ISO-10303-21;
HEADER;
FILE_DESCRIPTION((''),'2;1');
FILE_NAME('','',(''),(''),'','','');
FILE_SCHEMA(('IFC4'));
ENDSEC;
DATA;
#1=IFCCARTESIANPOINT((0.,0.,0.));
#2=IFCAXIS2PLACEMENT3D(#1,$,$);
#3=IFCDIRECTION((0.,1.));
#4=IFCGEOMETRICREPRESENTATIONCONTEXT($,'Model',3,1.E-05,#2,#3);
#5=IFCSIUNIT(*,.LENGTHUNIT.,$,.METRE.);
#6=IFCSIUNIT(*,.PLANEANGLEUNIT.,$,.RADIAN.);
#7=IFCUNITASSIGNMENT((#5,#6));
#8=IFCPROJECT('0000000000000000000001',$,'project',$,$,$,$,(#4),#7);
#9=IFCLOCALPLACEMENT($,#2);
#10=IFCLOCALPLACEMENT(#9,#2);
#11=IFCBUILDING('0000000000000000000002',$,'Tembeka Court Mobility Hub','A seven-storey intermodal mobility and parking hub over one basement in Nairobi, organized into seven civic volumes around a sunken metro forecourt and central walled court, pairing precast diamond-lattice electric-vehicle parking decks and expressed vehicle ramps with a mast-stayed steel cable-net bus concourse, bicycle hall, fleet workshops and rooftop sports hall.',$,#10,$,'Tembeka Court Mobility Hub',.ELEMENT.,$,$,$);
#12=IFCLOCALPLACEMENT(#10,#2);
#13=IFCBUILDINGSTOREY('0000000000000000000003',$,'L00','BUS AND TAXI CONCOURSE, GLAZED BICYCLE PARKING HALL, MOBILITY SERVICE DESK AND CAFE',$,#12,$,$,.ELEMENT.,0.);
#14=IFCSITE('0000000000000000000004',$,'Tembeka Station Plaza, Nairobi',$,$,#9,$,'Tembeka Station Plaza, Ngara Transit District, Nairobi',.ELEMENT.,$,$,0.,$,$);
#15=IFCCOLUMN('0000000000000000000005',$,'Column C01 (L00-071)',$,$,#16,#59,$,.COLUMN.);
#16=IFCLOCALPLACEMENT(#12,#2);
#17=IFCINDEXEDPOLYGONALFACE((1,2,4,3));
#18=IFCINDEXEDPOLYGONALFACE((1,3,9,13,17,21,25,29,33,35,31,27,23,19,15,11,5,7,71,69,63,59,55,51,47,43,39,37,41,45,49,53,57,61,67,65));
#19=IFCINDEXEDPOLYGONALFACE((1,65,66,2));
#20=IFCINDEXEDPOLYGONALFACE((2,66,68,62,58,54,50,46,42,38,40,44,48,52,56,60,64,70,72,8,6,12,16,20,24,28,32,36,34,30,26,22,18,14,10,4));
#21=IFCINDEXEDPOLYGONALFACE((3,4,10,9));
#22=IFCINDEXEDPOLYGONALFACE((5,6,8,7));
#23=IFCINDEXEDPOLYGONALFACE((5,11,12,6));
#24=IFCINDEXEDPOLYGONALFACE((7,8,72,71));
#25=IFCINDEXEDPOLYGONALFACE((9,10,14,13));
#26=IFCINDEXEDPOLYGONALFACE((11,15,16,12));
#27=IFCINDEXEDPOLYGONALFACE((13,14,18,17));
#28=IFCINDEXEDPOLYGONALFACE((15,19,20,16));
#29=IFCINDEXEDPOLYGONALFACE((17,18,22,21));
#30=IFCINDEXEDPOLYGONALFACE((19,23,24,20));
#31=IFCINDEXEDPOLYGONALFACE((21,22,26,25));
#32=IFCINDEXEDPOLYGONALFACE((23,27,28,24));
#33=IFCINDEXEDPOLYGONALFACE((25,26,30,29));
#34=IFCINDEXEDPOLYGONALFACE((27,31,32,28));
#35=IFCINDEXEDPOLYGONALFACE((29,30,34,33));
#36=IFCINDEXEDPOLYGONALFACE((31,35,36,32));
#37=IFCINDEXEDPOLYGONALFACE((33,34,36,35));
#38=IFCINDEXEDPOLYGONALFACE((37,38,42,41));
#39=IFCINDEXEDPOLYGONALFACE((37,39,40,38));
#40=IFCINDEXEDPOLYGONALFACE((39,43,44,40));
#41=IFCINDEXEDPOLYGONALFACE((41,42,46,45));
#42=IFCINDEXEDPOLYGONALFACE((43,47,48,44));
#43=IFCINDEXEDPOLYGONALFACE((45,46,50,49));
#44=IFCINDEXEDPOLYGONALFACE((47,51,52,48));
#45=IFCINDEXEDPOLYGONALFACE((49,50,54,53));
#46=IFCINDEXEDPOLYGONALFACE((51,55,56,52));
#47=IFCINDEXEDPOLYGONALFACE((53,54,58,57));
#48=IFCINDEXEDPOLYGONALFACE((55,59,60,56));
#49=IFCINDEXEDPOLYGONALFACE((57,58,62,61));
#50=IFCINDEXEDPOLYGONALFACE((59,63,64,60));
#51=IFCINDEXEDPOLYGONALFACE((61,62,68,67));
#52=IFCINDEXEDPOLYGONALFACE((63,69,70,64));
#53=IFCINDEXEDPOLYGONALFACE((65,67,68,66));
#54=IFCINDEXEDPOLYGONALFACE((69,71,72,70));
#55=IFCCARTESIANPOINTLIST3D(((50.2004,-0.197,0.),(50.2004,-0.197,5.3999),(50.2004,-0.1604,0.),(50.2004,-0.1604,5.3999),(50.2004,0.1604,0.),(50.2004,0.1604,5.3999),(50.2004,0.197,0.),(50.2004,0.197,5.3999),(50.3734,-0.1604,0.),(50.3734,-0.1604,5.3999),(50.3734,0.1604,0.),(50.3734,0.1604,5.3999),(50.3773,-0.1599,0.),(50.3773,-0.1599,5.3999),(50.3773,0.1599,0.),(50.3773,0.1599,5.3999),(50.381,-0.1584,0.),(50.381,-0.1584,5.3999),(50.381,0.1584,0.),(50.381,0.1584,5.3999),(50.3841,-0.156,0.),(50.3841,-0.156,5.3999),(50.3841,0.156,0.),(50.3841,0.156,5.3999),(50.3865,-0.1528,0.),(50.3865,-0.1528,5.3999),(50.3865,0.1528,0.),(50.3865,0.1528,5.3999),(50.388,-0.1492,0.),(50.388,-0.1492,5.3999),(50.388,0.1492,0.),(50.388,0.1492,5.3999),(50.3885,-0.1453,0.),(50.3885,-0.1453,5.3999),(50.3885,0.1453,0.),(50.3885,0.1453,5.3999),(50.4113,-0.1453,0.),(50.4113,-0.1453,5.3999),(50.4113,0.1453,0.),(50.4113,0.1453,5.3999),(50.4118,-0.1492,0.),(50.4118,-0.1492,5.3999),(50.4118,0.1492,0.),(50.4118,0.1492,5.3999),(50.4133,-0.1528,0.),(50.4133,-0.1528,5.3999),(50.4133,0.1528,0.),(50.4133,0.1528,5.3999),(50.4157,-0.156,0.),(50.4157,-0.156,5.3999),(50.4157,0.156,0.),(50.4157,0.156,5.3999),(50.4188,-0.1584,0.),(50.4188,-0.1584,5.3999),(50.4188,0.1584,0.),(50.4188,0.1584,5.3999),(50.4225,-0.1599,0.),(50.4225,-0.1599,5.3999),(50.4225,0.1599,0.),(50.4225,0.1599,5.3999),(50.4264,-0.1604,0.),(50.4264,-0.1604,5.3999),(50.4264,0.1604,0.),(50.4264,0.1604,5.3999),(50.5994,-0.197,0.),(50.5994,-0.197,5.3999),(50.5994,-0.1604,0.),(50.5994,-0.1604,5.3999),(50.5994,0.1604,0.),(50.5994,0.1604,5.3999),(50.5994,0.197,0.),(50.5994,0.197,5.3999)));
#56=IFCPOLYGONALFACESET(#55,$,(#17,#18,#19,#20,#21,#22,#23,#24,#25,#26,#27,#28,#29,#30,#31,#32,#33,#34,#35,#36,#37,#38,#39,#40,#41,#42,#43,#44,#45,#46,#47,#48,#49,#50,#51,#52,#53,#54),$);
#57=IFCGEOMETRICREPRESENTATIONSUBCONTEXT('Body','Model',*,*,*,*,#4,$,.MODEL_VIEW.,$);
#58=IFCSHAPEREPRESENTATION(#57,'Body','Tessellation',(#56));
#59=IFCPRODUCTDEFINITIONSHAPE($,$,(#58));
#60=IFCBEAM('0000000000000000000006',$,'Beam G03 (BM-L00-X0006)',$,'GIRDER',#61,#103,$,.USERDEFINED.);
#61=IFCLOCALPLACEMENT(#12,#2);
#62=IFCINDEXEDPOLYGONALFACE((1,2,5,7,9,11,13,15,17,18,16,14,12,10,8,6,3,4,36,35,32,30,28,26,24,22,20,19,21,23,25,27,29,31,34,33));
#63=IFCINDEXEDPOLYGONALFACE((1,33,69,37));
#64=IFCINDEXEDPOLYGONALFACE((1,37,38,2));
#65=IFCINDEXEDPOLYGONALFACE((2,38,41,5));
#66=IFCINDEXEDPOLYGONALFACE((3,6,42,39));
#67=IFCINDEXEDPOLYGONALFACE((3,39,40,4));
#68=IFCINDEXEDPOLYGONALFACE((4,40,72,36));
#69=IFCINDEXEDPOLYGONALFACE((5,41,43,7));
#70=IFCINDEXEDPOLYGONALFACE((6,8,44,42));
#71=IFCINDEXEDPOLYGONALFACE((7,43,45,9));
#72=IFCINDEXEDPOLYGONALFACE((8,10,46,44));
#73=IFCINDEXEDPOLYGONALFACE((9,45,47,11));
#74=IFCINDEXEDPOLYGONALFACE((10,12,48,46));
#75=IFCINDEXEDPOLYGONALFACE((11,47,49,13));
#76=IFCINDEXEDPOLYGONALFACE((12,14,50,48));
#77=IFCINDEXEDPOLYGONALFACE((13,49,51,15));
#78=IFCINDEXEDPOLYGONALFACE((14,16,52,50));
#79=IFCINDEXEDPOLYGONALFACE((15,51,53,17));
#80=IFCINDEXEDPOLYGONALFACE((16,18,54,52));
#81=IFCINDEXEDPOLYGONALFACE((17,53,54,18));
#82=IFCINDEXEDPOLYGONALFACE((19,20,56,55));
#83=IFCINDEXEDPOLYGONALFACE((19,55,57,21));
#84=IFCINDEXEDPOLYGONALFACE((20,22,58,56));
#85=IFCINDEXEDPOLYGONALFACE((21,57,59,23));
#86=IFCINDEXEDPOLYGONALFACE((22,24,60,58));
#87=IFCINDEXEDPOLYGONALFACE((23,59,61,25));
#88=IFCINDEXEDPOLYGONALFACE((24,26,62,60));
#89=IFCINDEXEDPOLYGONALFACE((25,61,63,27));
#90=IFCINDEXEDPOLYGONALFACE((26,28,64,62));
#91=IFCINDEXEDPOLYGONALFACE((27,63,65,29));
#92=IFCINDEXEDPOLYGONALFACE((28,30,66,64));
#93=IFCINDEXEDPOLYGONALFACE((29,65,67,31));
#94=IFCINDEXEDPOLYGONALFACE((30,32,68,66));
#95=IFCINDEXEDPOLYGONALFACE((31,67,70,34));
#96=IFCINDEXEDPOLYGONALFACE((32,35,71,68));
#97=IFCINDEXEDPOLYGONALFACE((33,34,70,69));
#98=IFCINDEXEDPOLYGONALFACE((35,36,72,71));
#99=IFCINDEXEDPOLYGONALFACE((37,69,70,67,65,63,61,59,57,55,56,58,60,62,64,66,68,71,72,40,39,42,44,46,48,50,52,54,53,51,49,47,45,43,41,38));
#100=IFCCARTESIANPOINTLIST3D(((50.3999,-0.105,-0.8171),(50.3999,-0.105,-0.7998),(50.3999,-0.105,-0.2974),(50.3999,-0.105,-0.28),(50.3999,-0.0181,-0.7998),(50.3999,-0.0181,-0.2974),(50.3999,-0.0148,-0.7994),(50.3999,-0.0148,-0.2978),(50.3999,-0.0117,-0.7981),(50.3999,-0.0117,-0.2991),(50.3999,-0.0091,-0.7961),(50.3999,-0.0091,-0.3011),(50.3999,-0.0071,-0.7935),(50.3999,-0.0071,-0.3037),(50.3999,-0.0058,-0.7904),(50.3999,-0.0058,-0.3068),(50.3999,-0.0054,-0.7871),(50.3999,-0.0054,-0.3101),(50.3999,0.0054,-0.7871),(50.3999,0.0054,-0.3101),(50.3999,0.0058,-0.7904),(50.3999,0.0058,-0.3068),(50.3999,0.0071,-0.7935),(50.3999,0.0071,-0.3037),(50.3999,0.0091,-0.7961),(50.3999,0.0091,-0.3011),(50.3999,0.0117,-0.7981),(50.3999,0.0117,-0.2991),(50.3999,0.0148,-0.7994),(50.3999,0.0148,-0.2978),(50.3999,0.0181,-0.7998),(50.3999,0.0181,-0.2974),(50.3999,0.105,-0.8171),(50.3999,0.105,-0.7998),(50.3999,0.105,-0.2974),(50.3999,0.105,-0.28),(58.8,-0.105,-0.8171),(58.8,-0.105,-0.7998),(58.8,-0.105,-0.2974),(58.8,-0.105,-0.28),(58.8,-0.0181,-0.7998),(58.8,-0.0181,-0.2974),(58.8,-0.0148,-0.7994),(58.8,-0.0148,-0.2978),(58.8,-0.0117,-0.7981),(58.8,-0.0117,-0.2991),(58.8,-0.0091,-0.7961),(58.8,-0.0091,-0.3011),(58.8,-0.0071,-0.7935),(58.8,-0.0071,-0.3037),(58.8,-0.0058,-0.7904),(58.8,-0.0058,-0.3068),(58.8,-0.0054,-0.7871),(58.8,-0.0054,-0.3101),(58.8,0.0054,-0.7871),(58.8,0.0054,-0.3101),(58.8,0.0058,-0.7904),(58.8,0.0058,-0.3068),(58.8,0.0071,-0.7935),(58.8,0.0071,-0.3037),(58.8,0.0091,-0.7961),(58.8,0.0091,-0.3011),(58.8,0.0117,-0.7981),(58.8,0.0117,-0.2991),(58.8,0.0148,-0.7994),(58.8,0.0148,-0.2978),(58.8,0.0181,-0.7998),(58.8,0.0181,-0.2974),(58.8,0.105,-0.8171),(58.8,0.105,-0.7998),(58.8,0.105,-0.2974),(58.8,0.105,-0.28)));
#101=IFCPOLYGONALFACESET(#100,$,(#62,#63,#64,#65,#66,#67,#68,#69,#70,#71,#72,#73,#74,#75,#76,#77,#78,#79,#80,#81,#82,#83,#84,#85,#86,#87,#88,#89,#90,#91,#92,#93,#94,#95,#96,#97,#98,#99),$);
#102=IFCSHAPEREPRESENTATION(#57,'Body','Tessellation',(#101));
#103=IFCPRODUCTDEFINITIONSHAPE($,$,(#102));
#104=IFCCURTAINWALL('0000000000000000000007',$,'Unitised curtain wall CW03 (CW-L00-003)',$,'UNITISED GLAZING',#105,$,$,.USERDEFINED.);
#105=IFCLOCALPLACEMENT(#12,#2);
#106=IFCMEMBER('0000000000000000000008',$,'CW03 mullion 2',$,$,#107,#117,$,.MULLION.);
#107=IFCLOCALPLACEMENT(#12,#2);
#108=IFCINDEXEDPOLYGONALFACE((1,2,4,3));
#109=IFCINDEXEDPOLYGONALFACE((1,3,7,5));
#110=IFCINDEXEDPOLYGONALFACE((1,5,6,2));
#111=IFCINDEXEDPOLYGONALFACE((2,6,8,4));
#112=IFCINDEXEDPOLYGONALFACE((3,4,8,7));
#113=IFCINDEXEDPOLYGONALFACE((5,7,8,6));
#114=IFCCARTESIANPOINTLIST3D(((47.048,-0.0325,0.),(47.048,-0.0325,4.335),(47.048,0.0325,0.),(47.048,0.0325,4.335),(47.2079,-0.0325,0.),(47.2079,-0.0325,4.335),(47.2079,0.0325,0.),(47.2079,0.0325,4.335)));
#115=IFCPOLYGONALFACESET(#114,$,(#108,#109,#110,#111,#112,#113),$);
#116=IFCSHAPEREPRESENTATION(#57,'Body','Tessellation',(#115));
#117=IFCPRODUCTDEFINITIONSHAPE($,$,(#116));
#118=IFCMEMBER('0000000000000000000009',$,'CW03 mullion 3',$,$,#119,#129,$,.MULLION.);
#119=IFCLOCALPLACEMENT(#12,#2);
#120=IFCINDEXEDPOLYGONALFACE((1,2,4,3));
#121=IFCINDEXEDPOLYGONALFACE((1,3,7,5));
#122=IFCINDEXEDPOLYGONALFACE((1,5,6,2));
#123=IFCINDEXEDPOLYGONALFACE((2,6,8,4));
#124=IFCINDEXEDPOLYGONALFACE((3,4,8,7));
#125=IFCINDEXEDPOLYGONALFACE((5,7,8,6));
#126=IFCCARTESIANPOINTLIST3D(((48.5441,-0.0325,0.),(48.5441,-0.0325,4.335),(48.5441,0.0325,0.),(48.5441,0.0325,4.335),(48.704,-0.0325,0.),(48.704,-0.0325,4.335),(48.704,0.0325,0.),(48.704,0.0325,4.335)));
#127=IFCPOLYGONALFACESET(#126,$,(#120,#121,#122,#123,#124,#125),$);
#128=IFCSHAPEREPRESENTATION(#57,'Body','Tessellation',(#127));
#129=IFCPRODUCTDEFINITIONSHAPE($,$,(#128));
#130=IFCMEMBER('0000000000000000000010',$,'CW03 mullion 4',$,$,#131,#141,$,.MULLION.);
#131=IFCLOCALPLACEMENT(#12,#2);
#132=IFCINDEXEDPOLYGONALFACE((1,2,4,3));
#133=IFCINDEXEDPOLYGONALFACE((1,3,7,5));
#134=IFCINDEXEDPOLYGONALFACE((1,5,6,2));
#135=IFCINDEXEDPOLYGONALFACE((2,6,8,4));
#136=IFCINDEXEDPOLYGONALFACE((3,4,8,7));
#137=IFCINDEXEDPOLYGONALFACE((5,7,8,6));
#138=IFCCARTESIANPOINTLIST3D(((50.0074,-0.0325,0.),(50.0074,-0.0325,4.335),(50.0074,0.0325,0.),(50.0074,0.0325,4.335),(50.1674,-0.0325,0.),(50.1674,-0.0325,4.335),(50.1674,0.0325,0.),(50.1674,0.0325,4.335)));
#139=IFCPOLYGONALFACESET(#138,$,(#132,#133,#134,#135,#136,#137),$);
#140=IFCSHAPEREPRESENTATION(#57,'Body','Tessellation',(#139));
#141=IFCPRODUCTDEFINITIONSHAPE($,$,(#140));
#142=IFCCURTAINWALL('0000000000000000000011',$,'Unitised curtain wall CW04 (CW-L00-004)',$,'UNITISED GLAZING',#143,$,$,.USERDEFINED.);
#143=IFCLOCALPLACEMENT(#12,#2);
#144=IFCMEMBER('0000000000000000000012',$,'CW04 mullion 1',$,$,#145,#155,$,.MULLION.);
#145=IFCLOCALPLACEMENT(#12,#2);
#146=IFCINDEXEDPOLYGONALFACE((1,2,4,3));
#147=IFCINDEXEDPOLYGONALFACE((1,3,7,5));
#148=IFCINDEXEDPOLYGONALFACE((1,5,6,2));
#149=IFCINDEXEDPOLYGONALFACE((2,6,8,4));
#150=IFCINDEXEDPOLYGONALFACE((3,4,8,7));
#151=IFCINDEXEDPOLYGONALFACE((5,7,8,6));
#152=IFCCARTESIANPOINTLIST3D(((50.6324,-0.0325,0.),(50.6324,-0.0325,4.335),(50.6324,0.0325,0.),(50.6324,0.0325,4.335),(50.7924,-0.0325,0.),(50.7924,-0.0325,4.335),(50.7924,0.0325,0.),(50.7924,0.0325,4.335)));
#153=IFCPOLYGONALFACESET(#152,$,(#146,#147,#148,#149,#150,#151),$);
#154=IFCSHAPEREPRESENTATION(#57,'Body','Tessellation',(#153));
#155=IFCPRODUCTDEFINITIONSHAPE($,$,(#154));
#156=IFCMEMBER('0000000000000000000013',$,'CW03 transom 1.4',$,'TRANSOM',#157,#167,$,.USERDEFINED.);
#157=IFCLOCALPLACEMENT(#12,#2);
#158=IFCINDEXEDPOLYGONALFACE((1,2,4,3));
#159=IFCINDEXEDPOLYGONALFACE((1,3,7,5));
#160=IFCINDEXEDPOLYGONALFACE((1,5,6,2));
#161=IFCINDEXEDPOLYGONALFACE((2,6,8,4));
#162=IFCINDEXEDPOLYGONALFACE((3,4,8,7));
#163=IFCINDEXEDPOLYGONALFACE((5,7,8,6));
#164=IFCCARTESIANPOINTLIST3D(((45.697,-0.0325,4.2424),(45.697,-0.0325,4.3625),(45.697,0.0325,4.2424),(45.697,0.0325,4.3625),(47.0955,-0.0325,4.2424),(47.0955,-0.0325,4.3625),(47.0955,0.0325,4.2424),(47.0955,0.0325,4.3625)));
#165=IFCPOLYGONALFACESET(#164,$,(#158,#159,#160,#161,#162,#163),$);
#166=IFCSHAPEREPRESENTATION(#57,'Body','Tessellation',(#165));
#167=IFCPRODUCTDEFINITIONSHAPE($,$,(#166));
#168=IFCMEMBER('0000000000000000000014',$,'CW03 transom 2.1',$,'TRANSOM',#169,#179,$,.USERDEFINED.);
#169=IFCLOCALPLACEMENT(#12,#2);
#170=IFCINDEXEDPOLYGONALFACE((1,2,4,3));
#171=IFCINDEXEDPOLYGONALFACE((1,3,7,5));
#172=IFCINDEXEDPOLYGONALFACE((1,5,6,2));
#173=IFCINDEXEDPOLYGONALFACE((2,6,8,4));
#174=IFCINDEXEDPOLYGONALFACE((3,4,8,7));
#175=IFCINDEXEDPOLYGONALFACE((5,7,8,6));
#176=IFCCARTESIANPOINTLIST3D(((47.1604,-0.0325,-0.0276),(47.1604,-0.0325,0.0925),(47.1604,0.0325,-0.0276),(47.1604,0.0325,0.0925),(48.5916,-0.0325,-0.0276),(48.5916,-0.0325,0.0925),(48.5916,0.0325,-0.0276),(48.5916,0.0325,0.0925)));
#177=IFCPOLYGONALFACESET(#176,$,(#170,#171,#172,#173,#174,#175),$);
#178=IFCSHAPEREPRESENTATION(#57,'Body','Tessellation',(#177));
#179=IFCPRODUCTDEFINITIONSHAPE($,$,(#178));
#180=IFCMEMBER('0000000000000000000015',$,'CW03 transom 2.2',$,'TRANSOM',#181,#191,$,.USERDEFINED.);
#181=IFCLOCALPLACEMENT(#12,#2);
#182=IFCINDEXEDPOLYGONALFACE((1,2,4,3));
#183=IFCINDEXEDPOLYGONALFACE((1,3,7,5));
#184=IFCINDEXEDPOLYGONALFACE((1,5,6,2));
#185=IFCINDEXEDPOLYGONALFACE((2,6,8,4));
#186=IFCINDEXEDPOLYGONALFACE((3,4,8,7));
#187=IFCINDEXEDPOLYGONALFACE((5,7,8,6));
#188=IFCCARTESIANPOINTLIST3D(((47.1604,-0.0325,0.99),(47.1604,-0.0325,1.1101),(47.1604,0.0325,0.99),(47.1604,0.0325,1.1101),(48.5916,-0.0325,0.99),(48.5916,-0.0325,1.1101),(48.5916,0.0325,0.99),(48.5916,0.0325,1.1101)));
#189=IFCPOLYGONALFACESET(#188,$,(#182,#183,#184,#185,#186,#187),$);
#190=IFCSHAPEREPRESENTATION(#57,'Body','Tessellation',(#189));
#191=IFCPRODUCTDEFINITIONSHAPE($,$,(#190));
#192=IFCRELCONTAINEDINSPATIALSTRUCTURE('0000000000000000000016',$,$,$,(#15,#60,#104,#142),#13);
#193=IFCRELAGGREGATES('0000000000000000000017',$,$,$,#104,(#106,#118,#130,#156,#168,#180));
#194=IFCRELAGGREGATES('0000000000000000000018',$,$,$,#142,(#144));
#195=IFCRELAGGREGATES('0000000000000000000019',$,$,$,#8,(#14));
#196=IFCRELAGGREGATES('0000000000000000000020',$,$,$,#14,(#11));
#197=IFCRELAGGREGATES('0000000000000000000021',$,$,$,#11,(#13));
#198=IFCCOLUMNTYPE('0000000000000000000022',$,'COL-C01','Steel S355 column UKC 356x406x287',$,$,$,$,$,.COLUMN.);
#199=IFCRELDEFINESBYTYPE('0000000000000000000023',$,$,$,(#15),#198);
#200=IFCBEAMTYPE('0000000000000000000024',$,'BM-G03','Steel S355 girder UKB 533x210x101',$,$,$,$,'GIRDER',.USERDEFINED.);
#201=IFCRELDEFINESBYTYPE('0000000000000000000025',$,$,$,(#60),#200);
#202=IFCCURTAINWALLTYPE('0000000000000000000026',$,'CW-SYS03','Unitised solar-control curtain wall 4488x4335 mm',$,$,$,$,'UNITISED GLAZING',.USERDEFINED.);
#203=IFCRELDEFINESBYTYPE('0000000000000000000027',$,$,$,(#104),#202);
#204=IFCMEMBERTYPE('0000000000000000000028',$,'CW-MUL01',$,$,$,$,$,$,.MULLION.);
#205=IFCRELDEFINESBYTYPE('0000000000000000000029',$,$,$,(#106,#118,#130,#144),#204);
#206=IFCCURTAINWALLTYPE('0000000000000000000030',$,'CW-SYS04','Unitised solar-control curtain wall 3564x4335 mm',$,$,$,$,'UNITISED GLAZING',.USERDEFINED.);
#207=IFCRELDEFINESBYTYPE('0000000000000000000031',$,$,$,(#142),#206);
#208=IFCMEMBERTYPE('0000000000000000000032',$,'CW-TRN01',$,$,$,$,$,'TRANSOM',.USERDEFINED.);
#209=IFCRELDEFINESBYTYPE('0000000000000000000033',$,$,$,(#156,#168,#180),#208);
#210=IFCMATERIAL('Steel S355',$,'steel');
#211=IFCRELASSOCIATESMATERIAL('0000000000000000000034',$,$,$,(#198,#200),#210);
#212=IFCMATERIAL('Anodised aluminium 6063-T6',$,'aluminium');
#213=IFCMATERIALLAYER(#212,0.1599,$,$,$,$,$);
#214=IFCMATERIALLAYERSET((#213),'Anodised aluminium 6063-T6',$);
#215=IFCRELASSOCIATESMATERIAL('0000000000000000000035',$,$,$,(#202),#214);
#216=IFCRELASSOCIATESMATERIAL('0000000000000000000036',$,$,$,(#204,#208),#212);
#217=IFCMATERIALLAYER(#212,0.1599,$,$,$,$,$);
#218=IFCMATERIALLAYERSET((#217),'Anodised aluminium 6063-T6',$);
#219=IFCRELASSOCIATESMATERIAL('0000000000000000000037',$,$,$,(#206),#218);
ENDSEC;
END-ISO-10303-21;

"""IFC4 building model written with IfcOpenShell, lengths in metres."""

from ifc_helpers import new_model, si_unit, direction, frame, origin, origin_2d, place, context, subcontext, project, spatial, rectangle, i_section, extrude, material, layer, layer_set, material_profile, profile_set, type_object, element, aggregate, save


model = new_model("IFC4")

# Units and contexts
model_context = context("Model", 3, precision=1e-05, world=origin(), true_north=direction((0.0, 1.0)))
body_context = subcontext(model_context, "Body", "Model", "MODEL_VIEW")
ifc_project = project(units=[si_unit("LENGTHUNIT", "METRE"), si_unit("PLANEANGLEUNIT", "RADIAN")], contexts=[model_context])

# Site, building, storey
site_placement = place(None, origin())
site = spatial("IfcSite", under=ifc_project, at=site_placement, Name="Tembeka Station Plaza, Nairobi", LongName="Tembeka Station Plaza, Ngara Transit District, Nairobi", CompositionType="ELEMENT", RefElevation=0.0)
building_placement = place(site_placement, origin())
building = spatial("IfcBuilding", under=site, at=building_placement, Name="Tembeka Court Mobility Hub", Description="A seven-storey intermodal mobility and parking hub over one basement in Nairobi, organized into seven civic volumes around a sunken metro forecourt and central walled court, pairing precast diamond-lattice electric-vehicle parking decks and expressed vehicle ramps with a mast-stayed steel cable-net bus concourse, bicycle hall, fleet workshops and rooftop sports hall.", LongName="Tembeka Court Mobility Hub", CompositionType="ELEMENT")
storey_placement = place(building_placement, origin())
storey = spatial("IfcBuildingStorey", under=building, at=storey_placement, Name="L00", Description="BUS AND TAXI CONCOURSE, GLAZED BICYCLE PARKING HALL, MOBILITY SERVICE DESK AND CAFE", CompositionType="ELEMENT", Elevation=0.0)

# Column
ifc_material_1 = material(Name="Steel S355", Category="steel")
ifc_material_profile_1 = material_profile(ifc_material_1, i_section(OverallWidth=0.3989, OverallDepth=0.394, WebThickness=0.0227, FlangeThickness=0.0366, FilletRadius=0.0151, at=origin_2d()), Name="UKC 356x406x287")
ifc_profile_set_1 = profile_set([ifc_material_profile_1], Name="Steel S355")
column_type = type_object("IfcColumnType", Name="COL-C01", Description="Steel S355 column UKC 356x406x287", PredefinedType="COLUMN", material=ifc_profile_set_1)
column_placement = place(storey_placement, frame((50.3999, 0.0, 0.0), z_axis=(0.0, 0.0, 1.0), x_axis=(1.0, 0.0, 0.0)))
element("IfcColumn", 1, at=column_placement, inside=storey, type_object=column_type, Name="Column C01 (L00-071)", PredefinedType="COLUMN", context=body_context, shape_type="SweptSolid", body=[
    extrude(i_section(OverallWidth=0.3989, OverallDepth=0.394, WebThickness=0.0227, FlangeThickness=0.0366, FilletRadius=0.0151, at=origin_2d()), origin(), (0.0, 0.0, 1.0), 5.3999),
])

# Beam
ifc_material_profile_2 = material_profile(ifc_material_1, i_section(OverallWidth=0.21, OverallDepth=0.5371, WebThickness=0.0107, FlangeThickness=0.0173, FilletRadius=0.0127, at=origin_2d()), Name="UKB 533x210x101")
ifc_profile_set_2 = profile_set([ifc_material_profile_2], Name="Steel S355")
beam_type = type_object("IfcBeamType", Name="BM-G03", Description="Steel S355 girder UKB 533x210x101", ElementType="GIRDER", PredefinedType="USERDEFINED", material=ifc_profile_set_2)
beam_placement = place(storey_placement, frame((50.3999, 0.0, -0.5486), z_axis=(1.0, 0.0, 0.0), x_axis=(0.0, 1.0, 0.0)))
element("IfcBeam", 2, at=beam_placement, inside=storey, type_object=beam_type, Name="Beam G03 (BM-L00-X0006)", ObjectType="GIRDER", PredefinedType="USERDEFINED", context=body_context, shape_type="SweptSolid", body=[
    extrude(i_section(OverallWidth=0.21, OverallDepth=0.5371, WebThickness=0.0107, FlangeThickness=0.0173, FilletRadius=0.0127, at=origin_2d()), origin(), (0.0, 0.0, 1.0), 8.4001),
])

# Curtain wall, members
ifc_material_2 = material(Name="Anodised aluminium 6063-T6", Category="aluminium")
ifc_layer_1 = layer(ifc_material_2, 0.1599)
ifc_layer_set_1 = layer_set([ifc_layer_1], Name="Anodised aluminium 6063-T6")
curtain_wall_type_1 = type_object("IfcCurtainWallType", Name="CW-SYS03", Description="Unitised solar-control curtain wall 4488x4335 mm", ElementType="UNITISED GLAZING", PredefinedType="USERDEFINED", material=ifc_layer_set_1)
curtain_wall_1_placement = place(storey_placement, origin())
curtain_wall_1 = element("IfcCurtainWall", 3, at=curtain_wall_1_placement, inside=storey, type_object=curtain_wall_type_1, Name="Unitised curtain wall CW03 (CW-L00-003)", ObjectType="UNITISED GLAZING", PredefinedType="USERDEFINED")
ifc_material_profile_3 = material_profile(ifc_material_2, rectangle(XDim=0.0649, YDim=0.1599, at=origin_2d()), Name="ALU-MUL 65x160")
ifc_profile_set_3 = profile_set([ifc_material_profile_3], Name="Anodised aluminium 6063-T6")
member_type_1 = type_object("IfcMemberType", Name="CW-MUL01", PredefinedType="MULLION", material=ifc_profile_set_3)
member_1_placement = place(storey_placement, frame((47.1279, 0.0, 0.0), z_axis=(0.0, 0.0, 1.0), x_axis=(0.0, 1.0, 0.0)))
member_1 = element("IfcMember", 4, at=member_1_placement, type_object=member_type_1, Name="CW03 mullion 2", PredefinedType="MULLION", context=body_context, shape_type="SweptSolid", body=[
    extrude(rectangle(XDim=0.0649, YDim=0.1599, at=origin_2d()), origin(), (0.0, 0.0, 1.0), 4.335),
])
member_2_placement = place(storey_placement, frame((48.624, 0.0, 0.0), z_axis=(0.0, 0.0, 1.0), x_axis=(0.0, 1.0, 0.0)))
member_2 = element("IfcMember", 5, at=member_2_placement, type_object=member_type_1, Name="CW03 mullion 3", PredefinedType="MULLION", context=body_context, shape_type="SweptSolid", body=[
    extrude(rectangle(XDim=0.0649, YDim=0.1599, at=origin_2d()), origin(), (0.0, 0.0, 1.0), 4.335),
])
member_3_placement = place(storey_placement, frame((50.0874, 0.0, 0.0), z_axis=(0.0, 0.0, 1.0), x_axis=(0.0, 1.0, 0.0)))
member_3 = element("IfcMember", 6, at=member_3_placement, type_object=member_type_1, Name="CW03 mullion 4", PredefinedType="MULLION", context=body_context, shape_type="SweptSolid", body=[
    extrude(rectangle(XDim=0.0649, YDim=0.1599, at=origin_2d()), origin(), (0.0, 0.0, 1.0), 4.335),
])

# Curtain wall, member
ifc_layer_2 = layer(ifc_material_2, 0.1599)
ifc_layer_set_2 = layer_set([ifc_layer_2], Name="Anodised aluminium 6063-T6")
curtain_wall_type_2 = type_object("IfcCurtainWallType", Name="CW-SYS04", Description="Unitised solar-control curtain wall 3564x4335 mm", ElementType="UNITISED GLAZING", PredefinedType="USERDEFINED", material=ifc_layer_set_2)
curtain_wall_2_placement = place(storey_placement, origin())
curtain_wall_2 = element("IfcCurtainWall", 7, at=curtain_wall_2_placement, inside=storey, type_object=curtain_wall_type_2, Name="Unitised curtain wall CW04 (CW-L00-004)", ObjectType="UNITISED GLAZING", PredefinedType="USERDEFINED")
member_4_placement = place(storey_placement, frame((50.7124, 0.0, 0.0), z_axis=(0.0, 0.0, 1.0), x_axis=(0.0, 1.0, 0.0)))
member_4 = element("IfcMember", 8, at=member_4_placement, type_object=member_type_1, Name="CW04 mullion 1", PredefinedType="MULLION", context=body_context, shape_type="SweptSolid", body=[
    extrude(rectangle(XDim=0.0649, YDim=0.1599, at=origin_2d()), origin(), (0.0, 0.0, 1.0), 4.335),
])

# Members
ifc_material_profile_4 = material_profile(ifc_material_2, rectangle(XDim=0.0649, YDim=0.1201, at=origin_2d()), Name="ALU-TRN 65x120")
ifc_profile_set_4 = profile_set([ifc_material_profile_4], Name="Anodised aluminium 6063-T6")
member_type_2 = type_object("IfcMemberType", Name="CW-TRN01", ElementType="TRANSOM", PredefinedType="USERDEFINED", material=ifc_profile_set_4)
member_5_placement = place(storey_placement, frame((45.697, 0.0, 4.3025), z_axis=(1.0, 0.0, 0.0), x_axis=(0.0, 1.0, 0.0)))
member_5 = element("IfcMember", 9, at=member_5_placement, type_object=member_type_2, Name="CW03 transom 1.4", ObjectType="TRANSOM", PredefinedType="USERDEFINED", context=body_context, shape_type="SweptSolid", body=[
    extrude(rectangle(XDim=0.0649, YDim=0.1201, at=origin_2d()), origin(), (0.0, 0.0, 1.0), 1.3984),
])
member_6_placement = place(storey_placement, frame((47.1604, 0.0, 0.0325), z_axis=(1.0, 0.0, 0.0), x_axis=(0.0, 1.0, 0.0)))
member_6 = element("IfcMember", 10, at=member_6_placement, type_object=member_type_2, Name="CW03 transom 2.1", ObjectType="TRANSOM", PredefinedType="USERDEFINED", context=body_context, shape_type="SweptSolid", body=[
    extrude(rectangle(XDim=0.0649, YDim=0.1201, at=origin_2d()), origin(), (0.0, 0.0, 1.0), 1.4312),
])
member_7_placement = place(storey_placement, frame((47.1604, 0.0, 1.05), z_axis=(1.0, 0.0, 0.0), x_axis=(0.0, 1.0, 0.0)))
member_7 = element("IfcMember", 11, at=member_7_placement, type_object=member_type_2, Name="CW03 transom 2.2", ObjectType="TRANSOM", PredefinedType="USERDEFINED", context=body_context, shape_type="SweptSolid", body=[
    extrude(rectangle(XDim=0.0649, YDim=0.1201, at=origin_2d()), origin(), (0.0, 0.0, 1.0), 1.4312),
])

aggregate(curtain_wall_1, [member_1, member_2, member_3, member_5, member_6, member_7])
aggregate(curtain_wall_2, [member_4])

save(model, "model.ifc")
